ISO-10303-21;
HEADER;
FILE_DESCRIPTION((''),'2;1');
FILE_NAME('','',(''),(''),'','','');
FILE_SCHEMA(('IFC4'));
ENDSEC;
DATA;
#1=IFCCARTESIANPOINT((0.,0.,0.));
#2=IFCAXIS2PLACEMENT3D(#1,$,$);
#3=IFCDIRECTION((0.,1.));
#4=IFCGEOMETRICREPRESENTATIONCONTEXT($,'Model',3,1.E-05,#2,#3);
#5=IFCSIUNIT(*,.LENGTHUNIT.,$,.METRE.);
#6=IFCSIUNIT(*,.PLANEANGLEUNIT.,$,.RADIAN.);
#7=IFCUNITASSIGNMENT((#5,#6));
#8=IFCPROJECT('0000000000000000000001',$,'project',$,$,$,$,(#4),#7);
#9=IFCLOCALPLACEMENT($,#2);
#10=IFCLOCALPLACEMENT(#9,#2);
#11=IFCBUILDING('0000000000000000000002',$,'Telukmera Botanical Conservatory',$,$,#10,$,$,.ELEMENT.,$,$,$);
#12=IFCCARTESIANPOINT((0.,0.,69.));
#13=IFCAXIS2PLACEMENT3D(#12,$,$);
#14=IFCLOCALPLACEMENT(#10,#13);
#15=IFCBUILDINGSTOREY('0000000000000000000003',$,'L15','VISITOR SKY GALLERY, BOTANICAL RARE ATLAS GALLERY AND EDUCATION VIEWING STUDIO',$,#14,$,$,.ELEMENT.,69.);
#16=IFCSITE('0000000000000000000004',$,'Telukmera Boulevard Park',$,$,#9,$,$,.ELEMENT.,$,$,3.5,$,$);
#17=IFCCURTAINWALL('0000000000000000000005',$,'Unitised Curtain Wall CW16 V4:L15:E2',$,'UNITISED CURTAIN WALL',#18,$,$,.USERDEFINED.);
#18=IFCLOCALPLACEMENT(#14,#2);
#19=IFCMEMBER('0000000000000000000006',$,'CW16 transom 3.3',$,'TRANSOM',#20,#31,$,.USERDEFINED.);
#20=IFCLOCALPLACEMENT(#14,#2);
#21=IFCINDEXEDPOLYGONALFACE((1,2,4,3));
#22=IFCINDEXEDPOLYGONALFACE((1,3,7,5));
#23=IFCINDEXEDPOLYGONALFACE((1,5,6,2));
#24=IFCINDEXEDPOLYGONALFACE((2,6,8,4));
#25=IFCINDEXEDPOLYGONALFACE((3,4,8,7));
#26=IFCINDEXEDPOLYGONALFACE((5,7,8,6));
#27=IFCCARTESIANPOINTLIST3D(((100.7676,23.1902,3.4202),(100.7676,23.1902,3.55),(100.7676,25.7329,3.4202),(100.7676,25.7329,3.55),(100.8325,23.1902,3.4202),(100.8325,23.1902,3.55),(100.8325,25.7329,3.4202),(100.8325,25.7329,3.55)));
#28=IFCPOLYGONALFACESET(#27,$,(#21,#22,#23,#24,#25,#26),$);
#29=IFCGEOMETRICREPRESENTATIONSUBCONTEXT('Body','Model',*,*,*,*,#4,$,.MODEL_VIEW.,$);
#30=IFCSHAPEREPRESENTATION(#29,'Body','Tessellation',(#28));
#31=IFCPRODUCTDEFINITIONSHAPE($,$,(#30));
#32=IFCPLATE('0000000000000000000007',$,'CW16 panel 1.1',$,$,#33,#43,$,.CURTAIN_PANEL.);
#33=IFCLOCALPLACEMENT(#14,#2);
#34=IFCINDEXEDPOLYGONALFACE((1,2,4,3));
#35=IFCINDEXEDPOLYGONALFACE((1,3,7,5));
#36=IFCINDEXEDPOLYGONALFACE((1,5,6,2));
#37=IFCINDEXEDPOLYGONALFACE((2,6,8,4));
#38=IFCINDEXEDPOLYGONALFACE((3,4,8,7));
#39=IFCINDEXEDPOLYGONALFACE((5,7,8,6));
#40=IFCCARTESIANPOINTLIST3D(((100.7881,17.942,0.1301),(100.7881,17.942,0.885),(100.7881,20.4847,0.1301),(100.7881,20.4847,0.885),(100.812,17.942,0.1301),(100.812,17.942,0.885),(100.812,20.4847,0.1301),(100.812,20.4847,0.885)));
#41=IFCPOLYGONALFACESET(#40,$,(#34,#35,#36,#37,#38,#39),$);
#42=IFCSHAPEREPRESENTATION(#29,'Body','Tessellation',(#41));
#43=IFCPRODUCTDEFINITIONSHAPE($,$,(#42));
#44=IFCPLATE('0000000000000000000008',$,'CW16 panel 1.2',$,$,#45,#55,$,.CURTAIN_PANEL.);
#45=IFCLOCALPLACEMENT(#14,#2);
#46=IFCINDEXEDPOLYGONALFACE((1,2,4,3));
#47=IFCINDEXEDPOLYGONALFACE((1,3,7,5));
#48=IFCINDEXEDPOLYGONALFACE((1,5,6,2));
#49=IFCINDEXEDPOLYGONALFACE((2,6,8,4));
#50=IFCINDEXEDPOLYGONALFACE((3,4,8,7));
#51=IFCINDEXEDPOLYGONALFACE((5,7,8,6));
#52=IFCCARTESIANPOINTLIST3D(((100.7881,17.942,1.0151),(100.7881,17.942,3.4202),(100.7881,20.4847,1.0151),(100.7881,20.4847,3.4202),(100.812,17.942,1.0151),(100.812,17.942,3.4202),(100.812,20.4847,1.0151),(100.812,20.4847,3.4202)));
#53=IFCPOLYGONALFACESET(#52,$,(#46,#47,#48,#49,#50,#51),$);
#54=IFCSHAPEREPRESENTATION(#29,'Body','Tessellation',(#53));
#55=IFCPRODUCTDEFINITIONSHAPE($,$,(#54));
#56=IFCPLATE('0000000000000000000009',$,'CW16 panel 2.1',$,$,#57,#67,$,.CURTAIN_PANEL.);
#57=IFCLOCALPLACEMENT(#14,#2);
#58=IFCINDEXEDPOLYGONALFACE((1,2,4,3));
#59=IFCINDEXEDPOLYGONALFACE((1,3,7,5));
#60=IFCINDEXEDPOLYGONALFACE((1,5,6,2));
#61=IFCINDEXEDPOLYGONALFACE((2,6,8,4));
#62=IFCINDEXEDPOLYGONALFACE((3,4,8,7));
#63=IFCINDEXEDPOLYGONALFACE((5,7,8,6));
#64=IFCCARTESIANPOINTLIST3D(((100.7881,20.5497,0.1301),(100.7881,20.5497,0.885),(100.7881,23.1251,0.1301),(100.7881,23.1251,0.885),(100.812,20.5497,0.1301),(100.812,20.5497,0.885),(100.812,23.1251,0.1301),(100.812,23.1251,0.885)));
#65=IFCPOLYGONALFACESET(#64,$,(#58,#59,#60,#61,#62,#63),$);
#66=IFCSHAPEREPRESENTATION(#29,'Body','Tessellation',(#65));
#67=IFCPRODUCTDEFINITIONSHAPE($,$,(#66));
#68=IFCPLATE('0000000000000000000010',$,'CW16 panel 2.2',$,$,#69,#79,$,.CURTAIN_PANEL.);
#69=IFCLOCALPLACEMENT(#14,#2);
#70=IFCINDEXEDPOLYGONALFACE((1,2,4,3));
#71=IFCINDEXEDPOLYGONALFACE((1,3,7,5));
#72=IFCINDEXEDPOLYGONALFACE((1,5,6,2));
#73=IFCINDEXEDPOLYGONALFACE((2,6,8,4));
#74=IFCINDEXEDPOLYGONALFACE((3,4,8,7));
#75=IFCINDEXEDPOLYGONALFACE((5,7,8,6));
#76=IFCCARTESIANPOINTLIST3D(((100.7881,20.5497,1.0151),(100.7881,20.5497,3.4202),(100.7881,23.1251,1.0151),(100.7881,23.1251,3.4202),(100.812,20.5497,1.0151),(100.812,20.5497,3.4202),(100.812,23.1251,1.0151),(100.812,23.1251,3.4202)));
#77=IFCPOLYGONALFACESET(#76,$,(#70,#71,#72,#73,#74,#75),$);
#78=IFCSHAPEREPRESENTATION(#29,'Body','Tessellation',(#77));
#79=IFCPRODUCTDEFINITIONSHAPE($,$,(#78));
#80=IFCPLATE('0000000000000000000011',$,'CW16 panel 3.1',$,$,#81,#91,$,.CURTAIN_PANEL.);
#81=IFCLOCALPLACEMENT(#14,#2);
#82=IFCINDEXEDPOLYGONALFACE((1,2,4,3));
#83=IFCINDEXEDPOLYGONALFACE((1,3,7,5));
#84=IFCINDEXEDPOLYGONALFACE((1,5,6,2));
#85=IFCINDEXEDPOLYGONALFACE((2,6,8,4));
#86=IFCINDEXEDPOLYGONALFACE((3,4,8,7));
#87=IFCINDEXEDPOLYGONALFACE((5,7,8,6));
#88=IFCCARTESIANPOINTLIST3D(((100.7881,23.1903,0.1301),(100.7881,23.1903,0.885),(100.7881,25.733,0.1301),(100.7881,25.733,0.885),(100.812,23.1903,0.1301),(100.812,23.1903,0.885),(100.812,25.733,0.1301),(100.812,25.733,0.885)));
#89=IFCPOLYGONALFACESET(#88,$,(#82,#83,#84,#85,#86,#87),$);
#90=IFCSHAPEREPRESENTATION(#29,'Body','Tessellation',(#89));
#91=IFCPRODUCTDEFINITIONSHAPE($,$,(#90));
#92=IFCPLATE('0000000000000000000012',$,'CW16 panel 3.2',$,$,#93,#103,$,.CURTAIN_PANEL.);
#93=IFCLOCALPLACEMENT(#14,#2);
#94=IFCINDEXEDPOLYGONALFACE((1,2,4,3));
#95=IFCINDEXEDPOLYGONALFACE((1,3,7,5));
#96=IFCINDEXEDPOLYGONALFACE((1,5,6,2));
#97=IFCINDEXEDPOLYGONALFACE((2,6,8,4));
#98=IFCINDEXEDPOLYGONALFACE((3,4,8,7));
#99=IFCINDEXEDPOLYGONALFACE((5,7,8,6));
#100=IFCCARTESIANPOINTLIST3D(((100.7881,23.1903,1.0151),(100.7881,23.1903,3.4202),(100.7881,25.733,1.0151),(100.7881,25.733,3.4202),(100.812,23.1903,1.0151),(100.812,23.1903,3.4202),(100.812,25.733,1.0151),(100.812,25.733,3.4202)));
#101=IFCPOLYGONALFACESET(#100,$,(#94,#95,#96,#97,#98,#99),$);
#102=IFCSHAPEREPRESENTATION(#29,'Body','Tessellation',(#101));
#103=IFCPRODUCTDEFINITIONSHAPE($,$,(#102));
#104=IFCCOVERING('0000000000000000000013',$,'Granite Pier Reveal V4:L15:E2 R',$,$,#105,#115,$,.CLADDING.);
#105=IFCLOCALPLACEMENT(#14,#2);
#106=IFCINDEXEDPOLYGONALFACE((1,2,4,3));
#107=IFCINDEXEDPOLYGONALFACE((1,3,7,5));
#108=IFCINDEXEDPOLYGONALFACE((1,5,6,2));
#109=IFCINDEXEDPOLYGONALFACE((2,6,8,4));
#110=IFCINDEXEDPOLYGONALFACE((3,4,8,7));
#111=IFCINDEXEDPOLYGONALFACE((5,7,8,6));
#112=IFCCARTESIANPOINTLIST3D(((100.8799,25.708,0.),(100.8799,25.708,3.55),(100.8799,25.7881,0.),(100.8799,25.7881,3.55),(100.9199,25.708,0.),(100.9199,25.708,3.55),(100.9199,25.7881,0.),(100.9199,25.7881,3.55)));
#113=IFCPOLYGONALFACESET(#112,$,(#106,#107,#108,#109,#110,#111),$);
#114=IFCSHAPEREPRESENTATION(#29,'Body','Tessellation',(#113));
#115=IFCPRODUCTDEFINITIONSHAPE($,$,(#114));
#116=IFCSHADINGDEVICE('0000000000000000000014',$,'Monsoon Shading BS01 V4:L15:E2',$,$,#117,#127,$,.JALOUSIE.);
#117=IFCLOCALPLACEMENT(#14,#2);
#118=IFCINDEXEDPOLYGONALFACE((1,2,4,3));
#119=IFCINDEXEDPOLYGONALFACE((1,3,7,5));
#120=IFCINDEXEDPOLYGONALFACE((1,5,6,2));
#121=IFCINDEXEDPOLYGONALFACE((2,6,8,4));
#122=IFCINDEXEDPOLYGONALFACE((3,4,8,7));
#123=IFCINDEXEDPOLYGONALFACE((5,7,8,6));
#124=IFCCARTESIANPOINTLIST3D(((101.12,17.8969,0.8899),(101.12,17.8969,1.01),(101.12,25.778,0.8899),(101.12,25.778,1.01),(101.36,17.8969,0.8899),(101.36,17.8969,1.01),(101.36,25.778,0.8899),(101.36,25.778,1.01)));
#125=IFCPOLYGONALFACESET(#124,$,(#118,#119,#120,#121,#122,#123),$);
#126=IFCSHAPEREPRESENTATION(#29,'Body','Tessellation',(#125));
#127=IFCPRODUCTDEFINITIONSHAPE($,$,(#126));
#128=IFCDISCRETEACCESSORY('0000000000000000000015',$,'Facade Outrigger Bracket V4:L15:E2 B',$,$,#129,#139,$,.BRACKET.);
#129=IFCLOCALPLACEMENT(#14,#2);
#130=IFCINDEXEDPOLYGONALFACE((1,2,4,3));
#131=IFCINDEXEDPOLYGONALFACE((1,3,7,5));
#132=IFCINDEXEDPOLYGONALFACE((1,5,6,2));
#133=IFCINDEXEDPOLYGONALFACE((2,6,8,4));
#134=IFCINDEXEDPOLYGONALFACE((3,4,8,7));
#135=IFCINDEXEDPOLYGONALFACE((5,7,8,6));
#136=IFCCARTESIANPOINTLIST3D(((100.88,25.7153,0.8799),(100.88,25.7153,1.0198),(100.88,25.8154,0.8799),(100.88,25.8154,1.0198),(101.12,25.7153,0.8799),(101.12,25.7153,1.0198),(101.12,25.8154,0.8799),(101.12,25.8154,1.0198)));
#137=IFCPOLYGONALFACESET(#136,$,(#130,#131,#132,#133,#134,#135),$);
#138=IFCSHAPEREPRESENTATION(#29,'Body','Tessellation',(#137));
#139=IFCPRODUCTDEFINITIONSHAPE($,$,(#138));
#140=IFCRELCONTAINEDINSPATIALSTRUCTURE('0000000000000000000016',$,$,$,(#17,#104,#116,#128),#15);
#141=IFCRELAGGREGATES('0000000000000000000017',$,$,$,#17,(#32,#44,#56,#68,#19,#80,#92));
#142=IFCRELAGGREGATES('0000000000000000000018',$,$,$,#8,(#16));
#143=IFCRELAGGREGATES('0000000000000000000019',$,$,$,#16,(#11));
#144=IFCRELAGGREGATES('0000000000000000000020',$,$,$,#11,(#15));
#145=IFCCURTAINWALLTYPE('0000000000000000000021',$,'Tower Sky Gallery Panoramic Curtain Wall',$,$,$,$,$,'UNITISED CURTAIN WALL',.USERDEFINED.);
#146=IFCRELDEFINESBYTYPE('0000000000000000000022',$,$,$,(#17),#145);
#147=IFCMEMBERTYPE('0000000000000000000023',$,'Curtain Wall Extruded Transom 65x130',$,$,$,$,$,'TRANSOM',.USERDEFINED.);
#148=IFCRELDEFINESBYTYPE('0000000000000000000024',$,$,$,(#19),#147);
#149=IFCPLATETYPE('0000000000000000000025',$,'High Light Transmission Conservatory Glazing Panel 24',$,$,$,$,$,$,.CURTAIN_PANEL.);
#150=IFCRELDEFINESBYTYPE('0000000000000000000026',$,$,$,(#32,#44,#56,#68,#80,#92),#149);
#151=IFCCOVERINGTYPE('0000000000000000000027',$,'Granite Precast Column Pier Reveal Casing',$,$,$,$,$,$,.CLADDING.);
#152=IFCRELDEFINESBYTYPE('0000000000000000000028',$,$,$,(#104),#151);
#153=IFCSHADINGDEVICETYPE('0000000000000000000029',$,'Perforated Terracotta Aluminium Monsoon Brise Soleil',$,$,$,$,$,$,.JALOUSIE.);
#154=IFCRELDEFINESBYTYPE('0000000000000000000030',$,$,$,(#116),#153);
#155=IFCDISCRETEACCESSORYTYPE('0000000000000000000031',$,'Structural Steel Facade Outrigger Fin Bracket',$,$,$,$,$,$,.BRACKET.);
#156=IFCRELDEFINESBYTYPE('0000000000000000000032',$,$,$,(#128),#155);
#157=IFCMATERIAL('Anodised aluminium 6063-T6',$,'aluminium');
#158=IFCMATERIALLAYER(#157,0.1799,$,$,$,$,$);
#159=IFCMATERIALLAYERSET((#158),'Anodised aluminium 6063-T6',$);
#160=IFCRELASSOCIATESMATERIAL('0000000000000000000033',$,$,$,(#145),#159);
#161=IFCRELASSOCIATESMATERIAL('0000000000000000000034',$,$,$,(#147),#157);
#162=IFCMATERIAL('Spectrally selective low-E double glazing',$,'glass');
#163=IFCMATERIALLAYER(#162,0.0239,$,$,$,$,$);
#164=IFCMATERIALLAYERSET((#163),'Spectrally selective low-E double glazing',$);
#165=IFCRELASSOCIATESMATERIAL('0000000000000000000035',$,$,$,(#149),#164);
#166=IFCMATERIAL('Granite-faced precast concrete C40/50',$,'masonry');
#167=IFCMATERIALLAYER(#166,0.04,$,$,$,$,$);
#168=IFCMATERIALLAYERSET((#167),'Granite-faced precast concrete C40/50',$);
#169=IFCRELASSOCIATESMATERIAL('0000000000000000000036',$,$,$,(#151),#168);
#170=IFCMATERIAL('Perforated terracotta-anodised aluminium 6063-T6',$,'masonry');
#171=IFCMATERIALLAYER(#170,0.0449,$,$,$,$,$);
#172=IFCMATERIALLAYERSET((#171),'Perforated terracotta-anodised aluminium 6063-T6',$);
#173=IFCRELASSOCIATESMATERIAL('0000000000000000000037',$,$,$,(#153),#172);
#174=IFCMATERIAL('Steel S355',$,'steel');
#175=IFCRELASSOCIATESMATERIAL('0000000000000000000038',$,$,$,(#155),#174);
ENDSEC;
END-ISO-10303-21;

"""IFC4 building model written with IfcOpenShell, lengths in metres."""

from ifc_helpers import new_model, si_unit, direction, frame, origin, origin_2d, place, context, subcontext, project, spatial, rectangle, extrude, material, layer, layer_set, material_profile, profile_set, type_object, element, aggregate, save


model = new_model("IFC4")

# Units and contexts
model_context = context("Model", 3, precision=1e-05, world=origin(), true_north=direction((0.0, 1.0)))
body_context = subcontext(model_context, "Body", "Model", "MODEL_VIEW")
ifc_project = project(units=[si_unit("LENGTHUNIT", "METRE"), si_unit("PLANEANGLEUNIT", "RADIAN")], contexts=[model_context])

# Site, building, storey
site_placement = place(None, origin())
site = spatial("IfcSite", under=ifc_project, at=site_placement, Name="Telukmera Boulevard Park", CompositionType="ELEMENT", RefElevation=3.5)
building_placement = place(site_placement, origin())
building = spatial("IfcBuilding", under=site, at=building_placement, Name="Telukmera Botanical Conservatory", CompositionType="ELEMENT")
storey_placement = place(building_placement, frame((0.0, 0.0, 69.0)))
storey = spatial("IfcBuildingStorey", under=building, at=storey_placement, Name="L15", Description="VISITOR SKY GALLERY, BOTANICAL RARE ATLAS GALLERY AND EDUCATION VIEWING STUDIO", CompositionType="ELEMENT", Elevation=69.0)

# Curtain wall, member, plates
ifc_material_1 = material(Name="Anodised aluminium 6063-T6", Category="aluminium")
ifc_layer_1 = layer(ifc_material_1, 0.1799)
ifc_layer_set_1 = layer_set([ifc_layer_1], Name="Anodised aluminium 6063-T6")
curtain_wall_type = type_object("IfcCurtainWallType", Name="Tower Sky Gallery Panoramic Curtain Wall", ElementType="UNITISED CURTAIN WALL", PredefinedType="USERDEFINED", material=ifc_layer_set_1)
curtain_wall_placement = place(storey_placement, origin())
curtain_wall = element("IfcCurtainWall", 1, at=curtain_wall_placement, inside=storey, type_object=curtain_wall_type, Name="Unitised Curtain Wall CW16 V4:L15:E2", ObjectType="UNITISED CURTAIN WALL", PredefinedType="USERDEFINED")
ifc_material_profile_1 = material_profile(ifc_material_1, rectangle(XDim=0.0649, YDim=0.1299, at=origin_2d()), Name="ALU TRAN 65x130")
ifc_profile_set_1 = profile_set([ifc_material_profile_1], Name="Anodised aluminium 6063-T6")
member_type_1 = type_object("IfcMemberType", Name="Curtain Wall Extruded Transom 65x130", ElementType="TRANSOM", PredefinedType="USERDEFINED", material=ifc_profile_set_1)
member_1_placement = place(storey_placement, frame((100.8, 23.1902, 3.4851), z_axis=(0.0, 1.0, 0.0), x_axis=(-1.0, 0.0, 0.0)))
member_1 = element("IfcMember", 2, at=member_1_placement, type_object=member_type_1, Name="CW16 transom 3.3", ObjectType="TRANSOM", PredefinedType="USERDEFINED", context=body_context, shape_type="SweptSolid", body=[
    extrude(rectangle(XDim=0.0649, YDim=0.1299, at=origin_2d()), origin(), (0.0, 0.0, 1.0), 2.5427),
])
ifc_material_2 = material(Name="Spectrally selective low-E double glazing", Category="glass")
ifc_layer_2 = layer(ifc_material_2, 0.0239)
ifc_layer_set_2 = layer_set([ifc_layer_2], Name="Spectrally selective low-E double glazing")
plate_type = type_object("IfcPlateType", Name="High Light Transmission Conservatory Glazing Panel 24", PredefinedType="CURTAIN_PANEL", material=ifc_layer_set_2)
plate_1_placement = place(storey_placement, frame((100.8, 19.2134, 0.1301), z_axis=(0.0, 0.0, 1.0), x_axis=(0.0, 1.0, 0.0)))
plate_1 = element("IfcPlate", 3, at=plate_1_placement, type_object=plate_type, Name="CW16 panel 1.1", PredefinedType="CURTAIN_PANEL", context=body_context, shape_type="SweptSolid", body=[
    extrude(rectangle(XDim=2.5427, YDim=0.0239, at=origin_2d()), origin(), (0.0, 0.0, 1.0), 0.7549),
])
plate_2_placement = place(storey_placement, frame((100.8, 19.2134, 1.0151), z_axis=(0.0, 0.0, 1.0), x_axis=(0.0, 1.0, 0.0)))
plate_2 = element("IfcPlate", 4, at=plate_2_placement, type_object=plate_type, Name="CW16 panel 1.2", PredefinedType="CURTAIN_PANEL", context=body_context, shape_type="SweptSolid", body=[
    extrude(rectangle(XDim=2.5427, YDim=0.0239, at=origin_2d()), origin(), (0.0, 0.0, 1.0), 2.405),
])
plate_3_placement = place(storey_placement, frame((100.8, 21.8374, 0.1301), z_axis=(0.0, 0.0, 1.0), x_axis=(0.0, 1.0, 0.0)))
plate_3 = element("IfcPlate", 5, at=plate_3_placement, type_object=plate_type, Name="CW16 panel 2.1", PredefinedType="CURTAIN_PANEL", context=body_context, shape_type="SweptSolid", body=[
    extrude(rectangle(XDim=2.5754, YDim=0.0239, at=origin_2d()), origin(), (0.0, 0.0, 1.0), 0.7549),
])
plate_4_placement = place(storey_placement, frame((100.8, 21.8374, 1.0151), z_axis=(0.0, 0.0, 1.0), x_axis=(0.0, 1.0, 0.0)))
plate_4 = element("IfcPlate", 6, at=plate_4_placement, type_object=plate_type, Name="CW16 panel 2.2", PredefinedType="CURTAIN_PANEL", context=body_context, shape_type="SweptSolid", body=[
    extrude(rectangle(XDim=2.5754, YDim=0.0239, at=origin_2d()), origin(), (0.0, 0.0, 1.0), 2.405),
])
plate_5_placement = place(storey_placement, frame((100.8, 24.4617, 0.1301), z_axis=(0.0, 0.0, 1.0), x_axis=(0.0, 1.0, 0.0)))
plate_5 = element("IfcPlate", 7, at=plate_5_placement, type_object=plate_type, Name="CW16 panel 3.1", PredefinedType="CURTAIN_PANEL", context=body_context, shape_type="SweptSolid", body=[
    extrude(rectangle(XDim=2.5427, YDim=0.0239, at=origin_2d()), origin(), (0.0, 0.0, 1.0), 0.7549),
])
plate_6_placement = place(storey_placement, frame((100.8, 24.4617, 1.0151), z_axis=(0.0, 0.0, 1.0), x_axis=(0.0, 1.0, 0.0)))
plate_6 = element("IfcPlate", 8, at=plate_6_placement, type_object=plate_type, Name="CW16 panel 3.2", PredefinedType="CURTAIN_PANEL", context=body_context, shape_type="SweptSolid", body=[
    extrude(rectangle(XDim=2.5427, YDim=0.0239, at=origin_2d()), origin(), (0.0, 0.0, 1.0), 2.405),
])
aggregate(curtain_wall, [plate_1, plate_2, plate_3, plate_4, member_1, plate_5, plate_6])

# Covering
ifc_material_3 = material(Name="Granite-faced precast concrete C40/50", Category="masonry")
ifc_layer_3 = layer(ifc_material_3, 0.04)
ifc_layer_set_3 = layer_set([ifc_layer_3], Name="Granite-faced precast concrete C40/50")
covering_type = type_object("IfcCoveringType", Name="Granite Precast Column Pier Reveal Casing", PredefinedType="CLADDING", material=ifc_layer_set_3)
covering_placement = place(storey_placement, frame((100.8999, 25.748, 0.0), z_axis=(0.0, 0.0, 1.0), x_axis=(0.0, 1.0, 0.0)))
element("IfcCovering", 9, at=covering_placement, inside=storey, type_object=covering_type, Name="Granite Pier Reveal V4:L15:E2 R", PredefinedType="CLADDING", context=body_context, shape_type="SweptSolid", body=[
    extrude(rectangle(XDim=0.0801, YDim=0.04, at=origin_2d()), origin(), (0.0, 0.0, 1.0), 3.55),
])

# Shading device
ifc_material_4 = material(Name="Perforated terracotta-anodised aluminium 6063-T6", Category="masonry")
ifc_layer_4 = layer(ifc_material_4, 0.0449)
ifc_layer_set_4 = layer_set([ifc_layer_4], Name="Perforated terracotta-anodised aluminium 6063-T6")
shading_device_type = type_object("IfcShadingDeviceType", Name="Perforated Terracotta Aluminium Monsoon Brise Soleil", PredefinedType="JALOUSIE", material=ifc_layer_set_4)
shading_device_placement = place(storey_placement, frame((101.24, 21.8374, 0.8899), z_axis=(0.0, 0.0, 1.0), x_axis=(0.0, 1.0, 0.0)))
element("IfcShadingDevice", 10, at=shading_device_placement, inside=storey, type_object=shading_device_type, Name="Monsoon Shading BS01 V4:L15:E2", PredefinedType="JALOUSIE", context=body_context, shape_type="SweptSolid", body=[
    extrude(rectangle(XDim=7.8811, YDim=0.24, at=origin_2d()), origin(), (0.0, 0.0, 1.0), 0.1201),
])

# Discrete accessory
ifc_material_5 = material(Name="Steel S355", Category="steel")
discrete_accessory_type = type_object("IfcDiscreteAccessoryType", Name="Structural Steel Facade Outrigger Fin Bracket", PredefinedType="BRACKET", material=ifc_material_5)
discrete_accessory_placement = place(storey_placement, frame((101.0, 25.7654, 0.8799), z_axis=(0.0, 0.0, 1.0), x_axis=(0.0, 1.0, 0.0)))
element("IfcDiscreteAccessory", 11, at=discrete_accessory_placement, inside=storey, type_object=discrete_accessory_type, Name="Facade Outrigger Bracket V4:L15:E2 B", PredefinedType="BRACKET", context=body_context, shape_type="SweptSolid", body=[
    extrude(rectangle(XDim=0.1001, YDim=0.24, at=origin_2d()), origin(), (0.0, 0.0, 1.0), 0.1399),
])

save(model, "model.ifc")
